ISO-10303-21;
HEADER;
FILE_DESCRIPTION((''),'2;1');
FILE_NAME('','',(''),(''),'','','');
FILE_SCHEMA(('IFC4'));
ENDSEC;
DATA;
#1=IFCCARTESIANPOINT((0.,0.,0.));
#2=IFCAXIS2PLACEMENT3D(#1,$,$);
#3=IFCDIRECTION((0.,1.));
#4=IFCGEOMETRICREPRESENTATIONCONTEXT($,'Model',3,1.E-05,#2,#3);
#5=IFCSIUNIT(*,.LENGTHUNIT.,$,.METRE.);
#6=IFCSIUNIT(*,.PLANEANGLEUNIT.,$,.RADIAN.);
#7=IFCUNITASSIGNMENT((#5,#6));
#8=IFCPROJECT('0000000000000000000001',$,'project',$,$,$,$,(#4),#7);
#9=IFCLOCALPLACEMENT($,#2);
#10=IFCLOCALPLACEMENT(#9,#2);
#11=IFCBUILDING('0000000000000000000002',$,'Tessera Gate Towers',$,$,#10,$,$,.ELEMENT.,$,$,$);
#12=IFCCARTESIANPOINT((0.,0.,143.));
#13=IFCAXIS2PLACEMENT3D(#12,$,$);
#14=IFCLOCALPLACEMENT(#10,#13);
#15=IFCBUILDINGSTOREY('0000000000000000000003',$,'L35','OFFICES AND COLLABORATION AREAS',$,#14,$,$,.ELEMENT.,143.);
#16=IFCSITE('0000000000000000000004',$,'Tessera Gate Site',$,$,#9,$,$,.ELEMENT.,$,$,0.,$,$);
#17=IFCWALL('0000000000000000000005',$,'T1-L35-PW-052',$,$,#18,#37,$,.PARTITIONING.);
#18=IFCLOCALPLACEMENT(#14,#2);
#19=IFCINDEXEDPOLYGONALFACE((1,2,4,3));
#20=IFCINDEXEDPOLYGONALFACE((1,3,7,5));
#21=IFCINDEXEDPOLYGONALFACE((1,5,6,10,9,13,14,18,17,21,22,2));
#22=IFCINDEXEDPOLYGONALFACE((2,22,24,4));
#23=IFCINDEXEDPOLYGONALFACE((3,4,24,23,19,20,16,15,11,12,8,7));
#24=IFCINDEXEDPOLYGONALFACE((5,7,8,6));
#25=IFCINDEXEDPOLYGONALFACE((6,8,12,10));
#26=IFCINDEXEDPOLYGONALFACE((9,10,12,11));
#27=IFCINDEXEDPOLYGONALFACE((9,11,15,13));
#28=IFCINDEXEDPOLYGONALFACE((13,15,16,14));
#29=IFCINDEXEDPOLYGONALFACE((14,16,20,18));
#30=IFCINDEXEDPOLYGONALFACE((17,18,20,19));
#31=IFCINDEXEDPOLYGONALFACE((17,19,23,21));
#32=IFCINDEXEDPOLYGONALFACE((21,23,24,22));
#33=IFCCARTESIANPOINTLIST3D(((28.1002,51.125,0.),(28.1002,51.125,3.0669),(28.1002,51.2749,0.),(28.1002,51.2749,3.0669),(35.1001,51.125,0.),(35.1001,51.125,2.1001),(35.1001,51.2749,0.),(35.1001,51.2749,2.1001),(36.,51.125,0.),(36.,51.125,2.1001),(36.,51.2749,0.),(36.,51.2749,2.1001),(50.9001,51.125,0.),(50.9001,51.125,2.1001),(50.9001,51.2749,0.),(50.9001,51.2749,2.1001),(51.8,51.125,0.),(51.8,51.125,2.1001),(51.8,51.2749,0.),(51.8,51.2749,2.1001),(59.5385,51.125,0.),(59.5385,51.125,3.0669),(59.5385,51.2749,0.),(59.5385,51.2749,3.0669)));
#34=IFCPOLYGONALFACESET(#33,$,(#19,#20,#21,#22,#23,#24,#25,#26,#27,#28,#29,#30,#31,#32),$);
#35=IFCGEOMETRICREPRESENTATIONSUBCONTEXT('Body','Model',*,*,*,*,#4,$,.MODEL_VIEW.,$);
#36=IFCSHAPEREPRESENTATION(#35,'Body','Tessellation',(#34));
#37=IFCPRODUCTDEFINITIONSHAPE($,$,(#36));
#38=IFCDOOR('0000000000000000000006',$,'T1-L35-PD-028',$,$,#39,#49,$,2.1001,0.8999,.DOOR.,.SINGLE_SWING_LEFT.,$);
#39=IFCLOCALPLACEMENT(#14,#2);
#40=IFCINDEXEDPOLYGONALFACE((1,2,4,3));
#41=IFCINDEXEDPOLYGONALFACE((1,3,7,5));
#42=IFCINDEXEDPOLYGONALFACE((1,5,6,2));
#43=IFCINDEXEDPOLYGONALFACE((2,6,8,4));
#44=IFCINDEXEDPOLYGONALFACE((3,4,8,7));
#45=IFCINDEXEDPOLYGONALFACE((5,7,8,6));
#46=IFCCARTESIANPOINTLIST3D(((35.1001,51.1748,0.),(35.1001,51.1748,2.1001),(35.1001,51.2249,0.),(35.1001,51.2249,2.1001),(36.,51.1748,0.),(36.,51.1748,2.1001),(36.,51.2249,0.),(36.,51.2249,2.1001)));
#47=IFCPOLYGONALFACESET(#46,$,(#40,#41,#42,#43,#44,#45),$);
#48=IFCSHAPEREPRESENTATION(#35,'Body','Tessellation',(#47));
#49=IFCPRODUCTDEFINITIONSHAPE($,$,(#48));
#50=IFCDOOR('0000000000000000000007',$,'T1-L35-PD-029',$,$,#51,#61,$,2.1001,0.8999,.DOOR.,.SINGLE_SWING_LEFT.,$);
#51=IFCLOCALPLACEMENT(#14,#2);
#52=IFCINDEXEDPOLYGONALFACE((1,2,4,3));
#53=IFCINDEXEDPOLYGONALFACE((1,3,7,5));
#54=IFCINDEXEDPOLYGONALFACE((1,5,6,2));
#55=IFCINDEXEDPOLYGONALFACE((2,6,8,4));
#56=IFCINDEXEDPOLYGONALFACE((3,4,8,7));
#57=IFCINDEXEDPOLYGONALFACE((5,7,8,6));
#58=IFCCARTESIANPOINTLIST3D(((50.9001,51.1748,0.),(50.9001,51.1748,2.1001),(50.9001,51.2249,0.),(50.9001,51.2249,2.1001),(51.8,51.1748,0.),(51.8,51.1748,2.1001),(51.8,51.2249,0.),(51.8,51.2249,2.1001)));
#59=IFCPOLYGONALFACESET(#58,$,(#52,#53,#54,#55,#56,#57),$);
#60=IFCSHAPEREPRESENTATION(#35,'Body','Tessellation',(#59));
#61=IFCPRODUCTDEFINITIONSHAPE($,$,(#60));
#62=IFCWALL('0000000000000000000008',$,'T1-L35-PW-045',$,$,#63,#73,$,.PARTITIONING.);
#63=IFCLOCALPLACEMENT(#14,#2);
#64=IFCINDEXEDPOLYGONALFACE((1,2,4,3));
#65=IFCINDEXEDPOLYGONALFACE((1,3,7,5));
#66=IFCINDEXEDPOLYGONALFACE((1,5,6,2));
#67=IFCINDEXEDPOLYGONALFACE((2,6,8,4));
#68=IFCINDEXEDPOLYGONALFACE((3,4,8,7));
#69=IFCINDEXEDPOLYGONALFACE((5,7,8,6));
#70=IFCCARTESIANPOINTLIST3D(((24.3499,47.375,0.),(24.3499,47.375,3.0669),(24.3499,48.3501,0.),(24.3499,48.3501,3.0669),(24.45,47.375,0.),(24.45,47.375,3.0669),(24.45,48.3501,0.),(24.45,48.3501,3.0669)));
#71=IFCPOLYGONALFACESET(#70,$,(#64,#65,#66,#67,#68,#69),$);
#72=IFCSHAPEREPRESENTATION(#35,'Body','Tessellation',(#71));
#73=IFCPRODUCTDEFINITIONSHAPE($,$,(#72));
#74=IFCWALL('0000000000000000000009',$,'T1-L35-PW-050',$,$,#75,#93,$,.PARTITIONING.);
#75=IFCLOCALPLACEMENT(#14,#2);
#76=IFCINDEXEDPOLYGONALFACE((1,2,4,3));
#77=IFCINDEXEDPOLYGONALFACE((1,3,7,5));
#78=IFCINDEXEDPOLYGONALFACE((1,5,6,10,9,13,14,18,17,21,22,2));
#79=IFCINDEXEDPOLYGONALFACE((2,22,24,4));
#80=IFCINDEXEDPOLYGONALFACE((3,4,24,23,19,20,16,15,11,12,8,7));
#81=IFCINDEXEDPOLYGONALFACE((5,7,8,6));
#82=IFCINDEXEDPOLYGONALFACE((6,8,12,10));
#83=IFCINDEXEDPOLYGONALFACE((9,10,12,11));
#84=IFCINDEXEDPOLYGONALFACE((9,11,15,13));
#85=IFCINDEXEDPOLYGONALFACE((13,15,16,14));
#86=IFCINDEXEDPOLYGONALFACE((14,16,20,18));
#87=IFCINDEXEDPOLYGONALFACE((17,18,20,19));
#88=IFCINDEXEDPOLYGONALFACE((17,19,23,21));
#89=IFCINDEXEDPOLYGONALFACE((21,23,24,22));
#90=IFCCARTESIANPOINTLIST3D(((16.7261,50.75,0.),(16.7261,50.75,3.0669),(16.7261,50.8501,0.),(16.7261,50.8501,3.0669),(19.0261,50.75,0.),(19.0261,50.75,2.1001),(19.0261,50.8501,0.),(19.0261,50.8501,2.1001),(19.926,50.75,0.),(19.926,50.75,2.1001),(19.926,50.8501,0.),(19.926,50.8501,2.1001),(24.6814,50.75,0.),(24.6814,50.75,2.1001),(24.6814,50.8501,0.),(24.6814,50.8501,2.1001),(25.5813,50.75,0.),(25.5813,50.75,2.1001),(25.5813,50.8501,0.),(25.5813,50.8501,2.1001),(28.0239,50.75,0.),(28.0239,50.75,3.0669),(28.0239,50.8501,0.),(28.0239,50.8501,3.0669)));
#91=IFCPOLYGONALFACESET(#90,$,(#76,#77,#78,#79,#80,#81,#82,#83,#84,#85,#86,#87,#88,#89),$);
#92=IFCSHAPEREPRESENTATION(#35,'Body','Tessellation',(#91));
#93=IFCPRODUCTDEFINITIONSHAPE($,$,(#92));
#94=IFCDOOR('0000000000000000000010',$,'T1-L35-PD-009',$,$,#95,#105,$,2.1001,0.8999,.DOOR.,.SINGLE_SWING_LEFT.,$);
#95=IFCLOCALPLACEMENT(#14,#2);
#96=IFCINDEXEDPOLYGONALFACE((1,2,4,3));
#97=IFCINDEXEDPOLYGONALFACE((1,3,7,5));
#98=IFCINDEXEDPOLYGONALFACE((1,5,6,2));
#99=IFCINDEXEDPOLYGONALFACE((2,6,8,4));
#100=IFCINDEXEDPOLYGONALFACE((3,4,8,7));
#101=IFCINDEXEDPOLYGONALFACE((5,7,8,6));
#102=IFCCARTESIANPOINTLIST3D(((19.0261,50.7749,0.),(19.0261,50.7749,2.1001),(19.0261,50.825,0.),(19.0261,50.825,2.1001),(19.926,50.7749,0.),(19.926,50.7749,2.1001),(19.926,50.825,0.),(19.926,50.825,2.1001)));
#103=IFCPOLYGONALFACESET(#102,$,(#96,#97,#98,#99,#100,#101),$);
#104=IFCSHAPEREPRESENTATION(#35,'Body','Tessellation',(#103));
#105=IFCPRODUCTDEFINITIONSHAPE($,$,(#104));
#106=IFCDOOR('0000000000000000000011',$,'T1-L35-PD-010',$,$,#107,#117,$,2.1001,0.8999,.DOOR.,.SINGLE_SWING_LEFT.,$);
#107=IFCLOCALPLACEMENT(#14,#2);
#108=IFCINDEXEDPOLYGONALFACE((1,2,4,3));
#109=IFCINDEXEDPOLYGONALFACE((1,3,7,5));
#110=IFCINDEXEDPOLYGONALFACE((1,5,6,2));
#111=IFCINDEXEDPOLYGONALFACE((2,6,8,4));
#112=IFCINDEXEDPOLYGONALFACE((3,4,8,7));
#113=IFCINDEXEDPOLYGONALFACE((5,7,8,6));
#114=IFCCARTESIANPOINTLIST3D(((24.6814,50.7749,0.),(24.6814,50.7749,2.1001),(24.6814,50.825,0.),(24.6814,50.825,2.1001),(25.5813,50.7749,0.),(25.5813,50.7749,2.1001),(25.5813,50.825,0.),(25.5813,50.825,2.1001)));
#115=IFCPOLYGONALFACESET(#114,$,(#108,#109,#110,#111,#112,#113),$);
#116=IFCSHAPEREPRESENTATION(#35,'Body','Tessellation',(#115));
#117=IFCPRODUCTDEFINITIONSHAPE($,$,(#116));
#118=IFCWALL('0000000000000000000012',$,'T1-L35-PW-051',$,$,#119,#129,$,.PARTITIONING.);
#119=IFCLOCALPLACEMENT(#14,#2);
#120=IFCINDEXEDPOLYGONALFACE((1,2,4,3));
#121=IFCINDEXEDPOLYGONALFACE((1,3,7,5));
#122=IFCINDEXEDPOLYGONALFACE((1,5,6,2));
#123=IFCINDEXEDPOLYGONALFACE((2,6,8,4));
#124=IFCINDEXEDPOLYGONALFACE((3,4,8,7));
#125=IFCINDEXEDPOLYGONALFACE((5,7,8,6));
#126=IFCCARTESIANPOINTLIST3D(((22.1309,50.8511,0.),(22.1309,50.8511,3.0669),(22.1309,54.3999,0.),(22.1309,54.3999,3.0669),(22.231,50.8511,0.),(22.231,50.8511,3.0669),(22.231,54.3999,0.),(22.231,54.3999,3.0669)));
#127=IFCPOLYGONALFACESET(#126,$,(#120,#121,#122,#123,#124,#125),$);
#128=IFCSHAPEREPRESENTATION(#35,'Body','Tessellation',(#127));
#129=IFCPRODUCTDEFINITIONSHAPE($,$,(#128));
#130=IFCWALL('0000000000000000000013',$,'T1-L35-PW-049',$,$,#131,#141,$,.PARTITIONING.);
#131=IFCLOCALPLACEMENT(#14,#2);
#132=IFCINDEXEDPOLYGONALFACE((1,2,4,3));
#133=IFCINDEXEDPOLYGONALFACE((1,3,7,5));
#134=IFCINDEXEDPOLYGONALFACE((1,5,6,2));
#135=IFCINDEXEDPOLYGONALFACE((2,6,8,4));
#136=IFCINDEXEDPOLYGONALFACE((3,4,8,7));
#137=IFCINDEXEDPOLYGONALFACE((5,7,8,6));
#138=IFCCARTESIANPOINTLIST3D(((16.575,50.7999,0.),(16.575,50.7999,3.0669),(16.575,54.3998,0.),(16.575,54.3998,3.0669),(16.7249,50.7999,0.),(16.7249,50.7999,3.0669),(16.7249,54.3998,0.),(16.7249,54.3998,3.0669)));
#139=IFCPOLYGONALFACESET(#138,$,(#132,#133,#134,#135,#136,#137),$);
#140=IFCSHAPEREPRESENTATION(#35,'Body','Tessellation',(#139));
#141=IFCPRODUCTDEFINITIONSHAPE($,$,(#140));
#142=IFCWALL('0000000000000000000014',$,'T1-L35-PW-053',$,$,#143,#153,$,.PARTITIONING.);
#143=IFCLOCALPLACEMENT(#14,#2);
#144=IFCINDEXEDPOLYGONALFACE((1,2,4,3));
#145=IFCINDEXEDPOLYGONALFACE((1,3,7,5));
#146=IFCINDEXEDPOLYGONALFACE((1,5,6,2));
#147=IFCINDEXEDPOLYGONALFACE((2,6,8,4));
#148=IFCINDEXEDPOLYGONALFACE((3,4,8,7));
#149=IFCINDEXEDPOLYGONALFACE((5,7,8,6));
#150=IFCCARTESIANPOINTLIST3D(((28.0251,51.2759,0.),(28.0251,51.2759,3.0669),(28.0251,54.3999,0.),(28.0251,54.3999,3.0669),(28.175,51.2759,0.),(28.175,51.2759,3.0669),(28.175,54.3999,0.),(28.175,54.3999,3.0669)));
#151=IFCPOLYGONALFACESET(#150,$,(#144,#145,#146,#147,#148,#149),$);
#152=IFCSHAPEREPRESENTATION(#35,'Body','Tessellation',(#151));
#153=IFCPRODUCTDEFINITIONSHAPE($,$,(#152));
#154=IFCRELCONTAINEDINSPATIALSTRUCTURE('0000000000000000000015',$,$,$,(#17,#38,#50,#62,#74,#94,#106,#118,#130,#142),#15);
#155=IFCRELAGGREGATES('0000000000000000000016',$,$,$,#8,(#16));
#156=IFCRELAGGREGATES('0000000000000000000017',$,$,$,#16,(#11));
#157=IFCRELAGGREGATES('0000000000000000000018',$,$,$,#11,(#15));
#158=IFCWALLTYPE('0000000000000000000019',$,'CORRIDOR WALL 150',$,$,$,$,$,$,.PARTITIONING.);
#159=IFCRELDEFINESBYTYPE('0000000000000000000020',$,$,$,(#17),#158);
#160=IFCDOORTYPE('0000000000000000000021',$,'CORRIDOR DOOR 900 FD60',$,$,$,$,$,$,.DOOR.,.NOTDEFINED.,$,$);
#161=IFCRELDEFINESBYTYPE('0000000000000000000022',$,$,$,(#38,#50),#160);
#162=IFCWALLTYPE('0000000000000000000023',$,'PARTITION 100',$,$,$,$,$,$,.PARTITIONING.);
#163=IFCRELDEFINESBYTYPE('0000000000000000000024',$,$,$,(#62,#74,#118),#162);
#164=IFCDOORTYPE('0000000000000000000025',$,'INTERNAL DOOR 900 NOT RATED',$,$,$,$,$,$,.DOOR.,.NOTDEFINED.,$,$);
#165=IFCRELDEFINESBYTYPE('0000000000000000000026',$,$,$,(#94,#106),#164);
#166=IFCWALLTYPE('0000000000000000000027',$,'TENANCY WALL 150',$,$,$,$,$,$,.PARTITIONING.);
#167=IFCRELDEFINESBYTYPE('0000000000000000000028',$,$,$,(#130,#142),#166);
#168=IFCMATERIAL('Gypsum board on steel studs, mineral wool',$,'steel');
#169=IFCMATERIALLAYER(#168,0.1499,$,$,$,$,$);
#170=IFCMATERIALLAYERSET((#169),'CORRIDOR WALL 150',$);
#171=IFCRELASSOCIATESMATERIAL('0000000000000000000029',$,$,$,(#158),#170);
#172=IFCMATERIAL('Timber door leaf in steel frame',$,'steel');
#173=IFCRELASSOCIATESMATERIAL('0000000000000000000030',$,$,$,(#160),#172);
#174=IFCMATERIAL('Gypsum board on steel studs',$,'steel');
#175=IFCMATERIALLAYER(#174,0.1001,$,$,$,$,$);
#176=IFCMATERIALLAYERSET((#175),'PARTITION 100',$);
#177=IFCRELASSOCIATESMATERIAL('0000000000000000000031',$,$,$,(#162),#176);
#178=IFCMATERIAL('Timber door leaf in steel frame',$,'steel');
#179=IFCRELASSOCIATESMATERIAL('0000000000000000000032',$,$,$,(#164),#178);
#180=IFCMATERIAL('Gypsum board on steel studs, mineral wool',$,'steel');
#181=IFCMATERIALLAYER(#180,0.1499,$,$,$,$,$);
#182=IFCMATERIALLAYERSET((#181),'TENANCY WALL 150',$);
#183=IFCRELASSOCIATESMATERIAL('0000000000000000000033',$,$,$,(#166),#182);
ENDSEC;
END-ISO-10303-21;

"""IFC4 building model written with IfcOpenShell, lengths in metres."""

from ifc_helpers import new_model, si_unit, direction, frame, frame_2d, origin, place, context, subcontext, project, spatial, rectangle, extrude, source, transform, mapped, material, layer, layer_set, type_object, element, fill, save


model = new_model("IFC4")

# Units and contexts
model_context = context("Model", 3, precision=1e-05, world=origin(), true_north=direction((0.0, 1.0)))
body_context = subcontext(model_context, "Body", "Model", "MODEL_VIEW")
ifc_project = project(units=[si_unit("LENGTHUNIT", "METRE"), si_unit("PLANEANGLEUNIT", "RADIAN")], contexts=[model_context])

# Site, building, storey
site_placement = place(None, origin())
site = spatial("IfcSite", under=ifc_project, at=site_placement, Name="Tessera Gate Site", CompositionType="ELEMENT", RefElevation=0.0)
building_placement = place(site_placement, origin())
building = spatial("IfcBuilding", under=site, at=building_placement, Name="Tessera Gate Towers", CompositionType="ELEMENT")
storey_placement = place(building_placement, frame((0.0, 0.0, 143.0)))
storey = spatial("IfcBuildingStorey", under=building, at=storey_placement, Name="L35", Description="OFFICES AND COLLABORATION AREAS", CompositionType="ELEMENT", Elevation=143.0)

# Wall, openings, doors
ifc_material_1 = material(Name="Gypsum board on steel studs, mineral wool", Category="steel")
ifc_layer_1 = layer(ifc_material_1, 0.1499)
ifc_layer_set_1 = layer_set([ifc_layer_1], Name="CORRIDOR WALL 150")
wall_type_1 = type_object("IfcWallType", Name="CORRIDOR WALL 150", PredefinedType="PARTITIONING", material=ifc_layer_set_1)
wall_1_placement = place(storey_placement, frame((28.1001, 51.2, 0.0), z_axis=(0.0, 0.0, 1.0), x_axis=(1.0, 0.0, 0.0)))
wall_1 = element("IfcWall", 1, at=wall_1_placement, inside=storey, type_object=wall_type_1, Name="T1-L35-PW-052", PredefinedType="PARTITIONING", context=body_context, shape_type="SweptSolid", body=[
    extrude(rectangle(XDim=31.4382, YDim=0.1499, at=frame_2d((15.7192, 0.0))), origin(), (0.0, 0.0, 1.0), 3.0669),
])
shared_shape_1 = source(origin(), body_context, "Body", "SweptSolid", [
    extrude(rectangle(XDim=0.8999, YDim=2.1001, at=frame_2d((0.45, 1.05))), frame((0.0, 0.085, 0.0), z_axis=(0.0, -1.0, 0.0), x_axis=(1.0, 0.0, 0.0)), (0.0, 0.0, 1.0), 0.1699),
])
opening_1_placement = place(wall_1_placement, frame((7.0, 0.0, 0.0)))
opening_1 = element("IfcOpeningElement", 2, at=opening_1_placement, cuts=wall_1, PredefinedType="OPENING", context=body_context, shape_type="MappedRepresentation", body=[
    mapped(shared_shape_1, transform((0.0, 0.0, 0.0), scale=1.0)),
])
opening_2_placement = place(wall_1_placement, frame((22.8, 0.0, 0.0)))
opening_2 = element("IfcOpeningElement", 3, at=opening_2_placement, cuts=wall_1, PredefinedType="OPENING", context=body_context, shape_type="MappedRepresentation", body=[
    mapped(shared_shape_1, transform((0.0, 0.0, 0.0), scale=1.0)),
])
ifc_material_2 = material(Name="Timber door leaf in steel frame", Category="steel")
door_type_1 = type_object("IfcDoorType", Name="CORRIDOR DOOR 900 FD60", OperationType="NOTDEFINED", PredefinedType="DOOR", material=ifc_material_2)
shared_shape_2 = source(origin(), body_context, "Body", "SweptSolid", [
    extrude(rectangle(XDim=0.8999, YDim=2.1001, at=frame_2d((0.45, 1.05))), frame((0.0, 0.0249, 0.0), z_axis=(0.0, -1.0, 0.0), x_axis=(1.0, 0.0, 0.0)), (0.0, 0.0, 1.0), 0.05),
])
door_1_placement = place(opening_1_placement, origin())
door_1 = element("IfcDoor", 4, at=door_1_placement, inside=storey, type_object=door_type_1, Name="T1-L35-PD-028", OperationType="SINGLE_SWING_LEFT", OverallHeight=2.1001, OverallWidth=0.8999, PredefinedType="DOOR", context=body_context, shape_type="MappedRepresentation", body=[
    mapped(shared_shape_2, transform((0.0, 0.0, 0.0), scale=1.0)),
])
fill(opening_1, door_1)
door_2_placement = place(opening_2_placement, origin())
door_2 = element("IfcDoor", 5, at=door_2_placement, inside=storey, type_object=door_type_1, Name="T1-L35-PD-029", OperationType="SINGLE_SWING_LEFT", OverallHeight=2.1001, OverallWidth=0.8999, PredefinedType="DOOR", context=body_context, shape_type="MappedRepresentation", body=[
    mapped(shared_shape_2, transform((0.0, 0.0, 0.0), scale=1.0)),
])
fill(opening_2, door_2)

# Wall
ifc_material_3 = material(Name="Gypsum board on steel studs", Category="steel")
ifc_layer_2 = layer(ifc_material_3, 0.1001)
ifc_layer_set_2 = layer_set([ifc_layer_2], Name="PARTITION 100")
wall_type_2 = type_object("IfcWallType", Name="PARTITION 100", PredefinedType="PARTITIONING", material=ifc_layer_set_2)
wall_2_placement = place(storey_placement, frame((24.3999, 48.3501, 0.0), z_axis=(0.0, 0.0, 1.0), x_axis=(0.0, -1.0, 0.0)))
element("IfcWall", 6, at=wall_2_placement, inside=storey, type_object=wall_type_2, Name="T1-L35-PW-045", PredefinedType="PARTITIONING", context=body_context, shape_type="SweptSolid", body=[
    extrude(rectangle(XDim=0.9751, YDim=0.1001, at=frame_2d((0.4875, 0.0))), origin(), (0.0, 0.0, 1.0), 3.0669),
])

# Wall, openings, doors
wall_3_placement = place(storey_placement, frame((16.7261, 50.8, 0.0), z_axis=(0.0, 0.0, 1.0), x_axis=(1.0, 0.0, 0.0)))
wall_3 = element("IfcWall", 7, at=wall_3_placement, inside=storey, type_object=wall_type_2, Name="T1-L35-PW-050", PredefinedType="PARTITIONING", context=body_context, shape_type="SweptSolid", body=[
    extrude(rectangle(XDim=11.2979, YDim=0.1001, at=frame_2d((5.6489, 0.0))), origin(), (0.0, 0.0, 1.0), 3.0669),
])
shared_shape_3 = source(origin(), body_context, "Body", "SweptSolid", [
    extrude(rectangle(XDim=0.8999, YDim=2.1001, at=frame_2d((0.45, 1.05))), frame((0.0, 0.0601, 0.0), z_axis=(0.0, -1.0, 0.0), x_axis=(1.0, 0.0, 0.0)), (0.0, 0.0, 1.0), 0.1201),
])
opening_3_placement = place(wall_3_placement, frame((2.3, 0.0, 0.0)))
opening_3 = element("IfcOpeningElement", 8, at=opening_3_placement, cuts=wall_3, PredefinedType="OPENING", context=body_context, shape_type="MappedRepresentation", body=[
    mapped(shared_shape_3, transform((0.0, 0.0, 0.0), scale=1.0)),
])
opening_4_placement = place(wall_3_placement, frame((7.9553, 0.0, 0.0)))
opening_4 = element("IfcOpeningElement", 9, at=opening_4_placement, cuts=wall_3, PredefinedType="OPENING", context=body_context, shape_type="MappedRepresentation", body=[
    mapped(shared_shape_3, transform((0.0, 0.0, 0.0), scale=1.0)),
])
ifc_material_4 = material(Name="Timber door leaf in steel frame", Category="steel")
door_type_2 = type_object("IfcDoorType", Name="INTERNAL DOOR 900 NOT RATED", OperationType="NOTDEFINED", PredefinedType="DOOR", material=ifc_material_4)
door_3_placement = place(opening_3_placement, origin())
door_3 = element("IfcDoor", 10, at=door_3_placement, inside=storey, type_object=door_type_2, Name="T1-L35-PD-009", OperationType="SINGLE_SWING_LEFT", OverallHeight=2.1001, OverallWidth=0.8999, PredefinedType="DOOR", context=body_context, shape_type="MappedRepresentation", body=[
    mapped(shared_shape_2, transform((0.0, 0.0, 0.0), scale=1.0)),
])
fill(opening_3, door_3)
door_4_placement = place(opening_4_placement, origin())
door_4 = element("IfcDoor", 11, at=door_4_placement, inside=storey, type_object=door_type_2, Name="T1-L35-PD-010", OperationType="SINGLE_SWING_LEFT", OverallHeight=2.1001, OverallWidth=0.8999, PredefinedType="DOOR", context=body_context, shape_type="MappedRepresentation", body=[
    mapped(shared_shape_2, transform((0.0, 0.0, 0.0), scale=1.0)),
])
fill(opening_4, door_4)

# Walls
wall_4_placement = place(storey_placement, frame((22.1809, 50.8511, 0.0), z_axis=(0.0, 0.0, 1.0), x_axis=(0.0, 1.0, 0.0)))
element("IfcWall", 12, at=wall_4_placement, inside=storey, type_object=wall_type_2, Name="T1-L35-PW-051", PredefinedType="PARTITIONING", context=body_context, shape_type="SweptSolid", body=[
    extrude(rectangle(XDim=3.5488, YDim=0.1001, at=frame_2d((1.7744, 0.0))), origin(), (0.0, 0.0, 1.0), 3.0669),
])
ifc_material_5 = material(Name="Gypsum board on steel studs, mineral wool", Category="steel")
ifc_layer_3 = layer(ifc_material_5, 0.1499)
ifc_layer_set_3 = layer_set([ifc_layer_3], Name="TENANCY WALL 150")
wall_type_3 = type_object("IfcWallType", Name="TENANCY WALL 150", PredefinedType="PARTITIONING", material=ifc_layer_set_3)
wall_5_placement = place(storey_placement, frame((16.6499, 50.8, 0.0), z_axis=(0.0, 0.0, 1.0), x_axis=(0.0, 1.0, 0.0)))
element("IfcWall", 13, at=wall_5_placement, inside=storey, type_object=wall_type_3, Name="T1-L35-PW-049", PredefinedType="PARTITIONING", context=body_context, shape_type="SweptSolid", body=[
    extrude(rectangle(XDim=3.5999, YDim=0.1499, at=frame_2d((1.7998, 0.0))), origin(), (0.0, 0.0, 1.0), 3.0669),
])
wall_6_placement = place(storey_placement, frame((28.1001, 51.2759, 0.0), z_axis=(0.0, 0.0, 1.0), x_axis=(0.0, 1.0, 0.0)))
element("IfcWall", 14, at=wall_6_placement, inside=storey, type_object=wall_type_3, Name="T1-L35-PW-053", PredefinedType="PARTITIONING", context=body_context, shape_type="SweptSolid", body=[
    extrude(rectangle(XDim=3.124, YDim=0.1499, at=frame_2d((1.562, 0.0))), origin(), (0.0, 0.0, 1.0), 3.0669),
])

save(model, "model.ifc")
